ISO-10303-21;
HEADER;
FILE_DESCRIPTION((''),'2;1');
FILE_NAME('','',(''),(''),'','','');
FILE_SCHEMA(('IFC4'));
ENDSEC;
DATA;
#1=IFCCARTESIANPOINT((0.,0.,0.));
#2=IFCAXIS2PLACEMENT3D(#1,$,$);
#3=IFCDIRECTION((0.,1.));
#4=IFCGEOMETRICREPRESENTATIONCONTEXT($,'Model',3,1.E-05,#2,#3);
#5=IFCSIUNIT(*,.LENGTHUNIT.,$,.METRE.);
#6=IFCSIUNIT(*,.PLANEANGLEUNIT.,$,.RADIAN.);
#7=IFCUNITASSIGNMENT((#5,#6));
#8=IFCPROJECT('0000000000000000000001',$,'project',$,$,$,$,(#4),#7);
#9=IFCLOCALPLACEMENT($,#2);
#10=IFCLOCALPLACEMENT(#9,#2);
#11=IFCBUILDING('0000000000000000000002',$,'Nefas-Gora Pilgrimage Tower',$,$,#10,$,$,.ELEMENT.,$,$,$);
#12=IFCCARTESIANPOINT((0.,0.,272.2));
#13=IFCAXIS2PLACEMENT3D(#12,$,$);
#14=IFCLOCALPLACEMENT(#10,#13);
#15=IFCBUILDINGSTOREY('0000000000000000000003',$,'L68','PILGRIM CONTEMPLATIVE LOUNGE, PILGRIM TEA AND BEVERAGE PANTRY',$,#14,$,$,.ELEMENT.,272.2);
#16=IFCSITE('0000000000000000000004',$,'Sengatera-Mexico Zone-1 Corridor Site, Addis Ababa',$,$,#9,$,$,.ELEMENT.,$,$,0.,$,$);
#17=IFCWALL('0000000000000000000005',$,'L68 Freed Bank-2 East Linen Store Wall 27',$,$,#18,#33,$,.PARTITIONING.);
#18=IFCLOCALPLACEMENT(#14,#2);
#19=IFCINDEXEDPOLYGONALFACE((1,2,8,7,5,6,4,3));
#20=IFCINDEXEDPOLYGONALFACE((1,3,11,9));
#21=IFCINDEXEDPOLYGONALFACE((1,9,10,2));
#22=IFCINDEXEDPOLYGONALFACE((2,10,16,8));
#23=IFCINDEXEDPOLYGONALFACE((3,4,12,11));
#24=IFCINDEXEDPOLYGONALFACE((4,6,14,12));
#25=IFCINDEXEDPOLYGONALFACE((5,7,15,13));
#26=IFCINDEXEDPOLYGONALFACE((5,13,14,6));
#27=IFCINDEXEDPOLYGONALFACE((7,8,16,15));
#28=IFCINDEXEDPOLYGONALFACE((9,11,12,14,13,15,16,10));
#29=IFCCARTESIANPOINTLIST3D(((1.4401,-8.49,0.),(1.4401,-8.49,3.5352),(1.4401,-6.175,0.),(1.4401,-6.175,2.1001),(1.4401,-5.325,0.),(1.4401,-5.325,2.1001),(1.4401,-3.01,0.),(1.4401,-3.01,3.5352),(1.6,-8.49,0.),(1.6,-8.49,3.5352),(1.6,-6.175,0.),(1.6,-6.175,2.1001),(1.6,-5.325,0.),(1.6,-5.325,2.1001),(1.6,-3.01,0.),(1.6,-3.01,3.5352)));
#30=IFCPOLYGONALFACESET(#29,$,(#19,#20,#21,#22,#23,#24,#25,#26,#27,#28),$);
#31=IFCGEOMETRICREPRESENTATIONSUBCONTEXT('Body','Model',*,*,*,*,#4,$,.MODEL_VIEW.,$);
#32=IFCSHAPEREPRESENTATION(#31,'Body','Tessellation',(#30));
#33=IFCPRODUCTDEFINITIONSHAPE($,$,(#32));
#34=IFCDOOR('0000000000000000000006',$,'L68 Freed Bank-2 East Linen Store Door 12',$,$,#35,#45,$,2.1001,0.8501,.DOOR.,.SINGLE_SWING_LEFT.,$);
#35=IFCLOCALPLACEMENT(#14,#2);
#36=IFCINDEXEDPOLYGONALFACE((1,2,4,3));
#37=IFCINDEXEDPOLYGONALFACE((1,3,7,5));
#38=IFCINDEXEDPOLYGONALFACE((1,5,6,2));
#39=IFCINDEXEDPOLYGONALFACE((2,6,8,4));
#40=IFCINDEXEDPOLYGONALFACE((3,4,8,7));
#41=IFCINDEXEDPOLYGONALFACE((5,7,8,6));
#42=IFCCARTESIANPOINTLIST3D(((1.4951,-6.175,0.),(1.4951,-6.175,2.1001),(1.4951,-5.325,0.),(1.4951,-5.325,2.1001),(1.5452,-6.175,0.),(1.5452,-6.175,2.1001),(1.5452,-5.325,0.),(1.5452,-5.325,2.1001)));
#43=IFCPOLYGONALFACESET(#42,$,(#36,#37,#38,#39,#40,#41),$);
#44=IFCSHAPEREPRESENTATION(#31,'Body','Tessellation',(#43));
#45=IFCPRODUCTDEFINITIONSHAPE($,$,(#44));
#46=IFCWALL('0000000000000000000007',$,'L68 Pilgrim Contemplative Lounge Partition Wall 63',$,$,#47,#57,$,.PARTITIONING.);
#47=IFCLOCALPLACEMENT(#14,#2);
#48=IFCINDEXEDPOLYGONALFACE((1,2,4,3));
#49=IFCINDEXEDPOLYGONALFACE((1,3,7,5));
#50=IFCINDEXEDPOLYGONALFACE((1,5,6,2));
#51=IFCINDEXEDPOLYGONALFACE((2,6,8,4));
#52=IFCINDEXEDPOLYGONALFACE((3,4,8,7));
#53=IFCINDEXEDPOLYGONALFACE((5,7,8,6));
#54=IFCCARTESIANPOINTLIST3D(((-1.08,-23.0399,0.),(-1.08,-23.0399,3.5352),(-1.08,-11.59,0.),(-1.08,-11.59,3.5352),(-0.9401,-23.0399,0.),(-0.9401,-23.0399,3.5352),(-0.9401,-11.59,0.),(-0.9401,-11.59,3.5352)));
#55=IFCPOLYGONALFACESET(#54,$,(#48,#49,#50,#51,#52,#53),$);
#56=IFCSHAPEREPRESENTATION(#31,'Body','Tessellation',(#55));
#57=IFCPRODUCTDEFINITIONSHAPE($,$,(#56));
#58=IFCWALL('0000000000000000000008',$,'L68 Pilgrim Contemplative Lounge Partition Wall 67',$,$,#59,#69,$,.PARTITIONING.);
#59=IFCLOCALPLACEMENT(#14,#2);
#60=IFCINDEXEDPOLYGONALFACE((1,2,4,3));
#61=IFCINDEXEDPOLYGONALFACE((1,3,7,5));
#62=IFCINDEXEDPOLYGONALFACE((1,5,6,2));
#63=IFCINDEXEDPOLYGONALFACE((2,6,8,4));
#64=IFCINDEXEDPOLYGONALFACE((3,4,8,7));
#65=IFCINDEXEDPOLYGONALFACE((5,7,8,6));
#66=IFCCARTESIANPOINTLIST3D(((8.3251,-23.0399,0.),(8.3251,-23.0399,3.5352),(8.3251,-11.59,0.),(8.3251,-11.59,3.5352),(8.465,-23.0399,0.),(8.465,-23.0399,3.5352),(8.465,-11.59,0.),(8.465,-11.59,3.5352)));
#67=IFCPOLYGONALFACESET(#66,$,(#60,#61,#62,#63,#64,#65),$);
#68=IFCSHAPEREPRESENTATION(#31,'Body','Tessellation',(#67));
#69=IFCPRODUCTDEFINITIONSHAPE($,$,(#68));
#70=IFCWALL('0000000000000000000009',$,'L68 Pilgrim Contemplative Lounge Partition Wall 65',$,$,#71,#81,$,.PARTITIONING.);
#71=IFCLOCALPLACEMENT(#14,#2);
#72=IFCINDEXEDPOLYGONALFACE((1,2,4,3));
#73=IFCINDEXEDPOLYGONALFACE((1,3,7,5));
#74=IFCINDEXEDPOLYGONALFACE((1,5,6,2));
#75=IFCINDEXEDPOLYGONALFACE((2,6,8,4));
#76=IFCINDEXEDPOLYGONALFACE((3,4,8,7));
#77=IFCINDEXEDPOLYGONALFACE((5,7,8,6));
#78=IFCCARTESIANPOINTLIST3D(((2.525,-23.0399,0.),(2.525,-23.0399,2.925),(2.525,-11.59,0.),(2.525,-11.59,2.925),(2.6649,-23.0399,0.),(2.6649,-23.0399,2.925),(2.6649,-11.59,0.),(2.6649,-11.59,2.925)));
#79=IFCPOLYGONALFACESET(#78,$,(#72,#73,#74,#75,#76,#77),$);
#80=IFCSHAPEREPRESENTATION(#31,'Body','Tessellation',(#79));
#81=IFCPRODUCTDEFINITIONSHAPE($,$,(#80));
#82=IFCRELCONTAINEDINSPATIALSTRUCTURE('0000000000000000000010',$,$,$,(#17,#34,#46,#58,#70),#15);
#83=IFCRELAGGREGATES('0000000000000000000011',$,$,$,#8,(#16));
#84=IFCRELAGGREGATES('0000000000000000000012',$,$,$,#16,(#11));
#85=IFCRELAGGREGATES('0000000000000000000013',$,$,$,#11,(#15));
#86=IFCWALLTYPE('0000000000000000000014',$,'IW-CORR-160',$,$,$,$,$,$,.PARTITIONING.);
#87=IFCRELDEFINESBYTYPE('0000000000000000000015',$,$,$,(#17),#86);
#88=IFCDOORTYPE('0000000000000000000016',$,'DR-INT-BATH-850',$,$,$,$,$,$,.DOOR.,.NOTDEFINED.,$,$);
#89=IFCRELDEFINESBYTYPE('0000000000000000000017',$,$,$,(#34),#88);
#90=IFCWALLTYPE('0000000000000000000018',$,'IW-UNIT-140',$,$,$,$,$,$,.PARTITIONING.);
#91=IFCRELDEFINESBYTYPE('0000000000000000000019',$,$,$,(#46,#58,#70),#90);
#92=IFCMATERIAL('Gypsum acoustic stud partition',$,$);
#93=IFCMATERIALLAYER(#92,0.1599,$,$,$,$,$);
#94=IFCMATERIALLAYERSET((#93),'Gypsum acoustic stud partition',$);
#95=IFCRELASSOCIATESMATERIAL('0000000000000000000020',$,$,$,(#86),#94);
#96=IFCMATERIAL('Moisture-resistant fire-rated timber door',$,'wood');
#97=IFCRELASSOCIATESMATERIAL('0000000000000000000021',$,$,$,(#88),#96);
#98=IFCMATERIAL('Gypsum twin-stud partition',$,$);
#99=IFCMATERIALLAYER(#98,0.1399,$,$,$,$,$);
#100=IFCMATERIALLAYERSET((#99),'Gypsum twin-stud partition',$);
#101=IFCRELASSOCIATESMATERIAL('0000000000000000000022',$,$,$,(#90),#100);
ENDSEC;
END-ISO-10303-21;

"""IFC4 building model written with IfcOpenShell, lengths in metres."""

from ifc_helpers import new_model, si_unit, direction, frame, frame_2d, origin, place, context, subcontext, project, spatial, rectangle, extrude, source, transform, mapped, material, layer, layer_set, type_object, element, fill, save


model = new_model("IFC4")

# Units and contexts
model_context = context("Model", 3, precision=1e-05, world=origin(), true_north=direction((0.0, 1.0)))
body_context = subcontext(model_context, "Body", "Model", "MODEL_VIEW")
ifc_project = project(units=[si_unit("LENGTHUNIT", "METRE"), si_unit("PLANEANGLEUNIT", "RADIAN")], contexts=[model_context])

# Site, building, storey
site_placement = place(None, origin())
site = spatial("IfcSite", under=ifc_project, at=site_placement, Name="Sengatera-Mexico Zone-1 Corridor Site, Addis Ababa", CompositionType="ELEMENT", RefElevation=0.0)
building_placement = place(site_placement, origin())
building = spatial("IfcBuilding", under=site, at=building_placement, Name="Nefas-Gora Pilgrimage Tower", CompositionType="ELEMENT")
storey_placement = place(building_placement, frame((0.0, 0.0, 272.2)))
storey = spatial("IfcBuildingStorey", under=building, at=storey_placement, Name="L68", Description="PILGRIM CONTEMPLATIVE LOUNGE, PILGRIM TEA AND BEVERAGE PANTRY", CompositionType="ELEMENT", Elevation=272.2)

# Shared definitions
ifc_material_1 = material(Name="Gypsum acoustic stud partition")
ifc_layer_1 = layer(ifc_material_1, 0.1599)
ifc_layer_set_1 = layer_set([ifc_layer_1], Name="Gypsum acoustic stud partition")
wall_type_1 = type_object("IfcWallType", Name="IW-CORR-160", PredefinedType="PARTITIONING", material=ifc_layer_set_1)

# Shared definitions
shared_shape_1 = source(origin(), body_context, "Body", "SweptSolid", [
    extrude(rectangle(XDim=5.48, YDim=0.1599, at=frame_2d((2.74, 0.0))), origin(), (0.0, 0.0, 1.0), 3.5352),
])
ifc_material_2 = material(Name="Moisture-resistant fire-rated timber door", Category="wood")
door_type_1 = type_object("IfcDoorType", Name="DR-INT-BATH-850", OperationType="NOTDEFINED", PredefinedType="DOOR", material=ifc_material_2)
shared_shape_2 = source(origin(), body_context, "Body", "SweptSolid", [
    extrude(rectangle(XDim=0.8501, YDim=2.1001, at=frame_2d((0.425, 1.05))), frame((0.0, 0.0249, 0.0), z_axis=(0.0, -1.0, 0.0), x_axis=(1.0, 0.0, 0.0)), (0.0, 0.0, 1.0), 0.05),
])

# Wall, opening, door
wall_1_placement = place(storey_placement, frame((1.52, -8.49, 0.0), z_axis=(0.0, 0.0, 1.0), x_axis=(0.0, 1.0, 0.0)))
wall_1 = element("IfcWall", 1, at=wall_1_placement, inside=storey, type_object=wall_type_1, Name="L68 Freed Bank-2 East Linen Store Wall 27", PredefinedType="PARTITIONING", context=body_context, shape_type="MappedRepresentation", body=[
    mapped(shared_shape_1, transform((0.0, 0.0, 0.0), x_axis=(1.0, 0.0, 0.0), y_axis=(0.0, 1.0, 0.0), z_axis=(0.0, 0.0, 1.0), scale=1.0)),
])
opening_1_placement = place(wall_1_placement, frame((2.3149, 0.0, 0.0)))
opening_1 = element("IfcOpeningElement", 2, at=opening_1_placement, cuts=wall_1, PredefinedType="OPENING", context=body_context, shape_type="SweptSolid", body=[
    extrude(rectangle(XDim=0.8501, YDim=2.1001, at=frame_2d((0.425, 1.05))), frame((0.0, 0.0898, 0.0), z_axis=(0.0, -1.0, 0.0), x_axis=(1.0, 0.0, 0.0)), (0.0, 0.0, 1.0), 0.1799),
])
door_1_placement = place(opening_1_placement, origin())
door_1 = element("IfcDoor", 3, at=door_1_placement, inside=storey, type_object=door_type_1, Name="L68 Freed Bank-2 East Linen Store Door 12", OperationType="SINGLE_SWING_LEFT", OverallHeight=2.1001, OverallWidth=0.8501, PredefinedType="DOOR", context=body_context, shape_type="MappedRepresentation", body=[
    mapped(shared_shape_2, transform((0.0, 0.0, 0.0), x_axis=(1.0, 0.0, 0.0), y_axis=(0.0, 1.0, 0.0), z_axis=(0.0, 0.0, 1.0), scale=1.0)),
])
fill(opening_1, door_1)

# Walls
ifc_material_3 = material(Name="Gypsum twin-stud partition")
ifc_layer_2 = layer(ifc_material_3, 0.1399)
ifc_layer_set_2 = layer_set([ifc_layer_2], Name="Gypsum twin-stud partition")
wall_type_2 = type_object("IfcWallType", Name="IW-UNIT-140", PredefinedType="PARTITIONING", material=ifc_layer_set_2)
shared_shape_3 = source(origin(), body_context, "Body", "SweptSolid", [
    extrude(rectangle(XDim=11.45, YDim=0.1399, at=frame_2d((5.7251, 0.0))), origin(), (0.0, 0.0, 1.0), 3.5352),
])
for number, where, z_axis, x_axis, name in (
    (4, (-1.01, -23.04, 0.0), (0.0, 0.0, 1.0), (0.0, 1.0, 0.0), "L68 Pilgrim Contemplative Lounge Partition Wall 63"),
    (5, (8.395, -23.04, 0.0), (0.0, 0.0, 1.0), (0.0, 1.0, 0.0), "L68 Pilgrim Contemplative Lounge Partition Wall 67"),
):
    element("IfcWall", number, at=place(storey_placement, frame(where, z_axis=z_axis, x_axis=x_axis)), inside=storey, type_object=wall_type_2, Name=name, PredefinedType="PARTITIONING", context=body_context, shape_type="MappedRepresentation", body=[
        mapped(shared_shape_3, transform((0.0, 0.0, 0.0), x_axis=(1.0, 0.0, 0.0), y_axis=(0.0, 1.0, 0.0), z_axis=(0.0, 0.0, 1.0), scale=1.0)),
    ])
shared_shape_4 = source(origin(), body_context, "Body", "SweptSolid", [
    extrude(rectangle(XDim=11.45, YDim=0.1399, at=frame_2d((5.7251, 0.0))), origin(), (0.0, 0.0, 1.0), 2.925),
])
wall_2_placement = place(storey_placement, frame((2.595, -23.04, 0.0), z_axis=(0.0, 0.0, 1.0), x_axis=(0.0, 1.0, 0.0)))
element("IfcWall", 6, at=wall_2_placement, inside=storey, type_object=wall_type_2, Name="L68 Pilgrim Contemplative Lounge Partition Wall 65", PredefinedType="PARTITIONING", context=body_context, shape_type="MappedRepresentation", body=[
    mapped(shared_shape_4, transform((0.0, 0.0, 0.0), x_axis=(1.0, 0.0, 0.0), y_axis=(0.0, 1.0, 0.0), z_axis=(0.0, 0.0, 1.0), scale=1.0)),
])

save(model, "model.ifc")
